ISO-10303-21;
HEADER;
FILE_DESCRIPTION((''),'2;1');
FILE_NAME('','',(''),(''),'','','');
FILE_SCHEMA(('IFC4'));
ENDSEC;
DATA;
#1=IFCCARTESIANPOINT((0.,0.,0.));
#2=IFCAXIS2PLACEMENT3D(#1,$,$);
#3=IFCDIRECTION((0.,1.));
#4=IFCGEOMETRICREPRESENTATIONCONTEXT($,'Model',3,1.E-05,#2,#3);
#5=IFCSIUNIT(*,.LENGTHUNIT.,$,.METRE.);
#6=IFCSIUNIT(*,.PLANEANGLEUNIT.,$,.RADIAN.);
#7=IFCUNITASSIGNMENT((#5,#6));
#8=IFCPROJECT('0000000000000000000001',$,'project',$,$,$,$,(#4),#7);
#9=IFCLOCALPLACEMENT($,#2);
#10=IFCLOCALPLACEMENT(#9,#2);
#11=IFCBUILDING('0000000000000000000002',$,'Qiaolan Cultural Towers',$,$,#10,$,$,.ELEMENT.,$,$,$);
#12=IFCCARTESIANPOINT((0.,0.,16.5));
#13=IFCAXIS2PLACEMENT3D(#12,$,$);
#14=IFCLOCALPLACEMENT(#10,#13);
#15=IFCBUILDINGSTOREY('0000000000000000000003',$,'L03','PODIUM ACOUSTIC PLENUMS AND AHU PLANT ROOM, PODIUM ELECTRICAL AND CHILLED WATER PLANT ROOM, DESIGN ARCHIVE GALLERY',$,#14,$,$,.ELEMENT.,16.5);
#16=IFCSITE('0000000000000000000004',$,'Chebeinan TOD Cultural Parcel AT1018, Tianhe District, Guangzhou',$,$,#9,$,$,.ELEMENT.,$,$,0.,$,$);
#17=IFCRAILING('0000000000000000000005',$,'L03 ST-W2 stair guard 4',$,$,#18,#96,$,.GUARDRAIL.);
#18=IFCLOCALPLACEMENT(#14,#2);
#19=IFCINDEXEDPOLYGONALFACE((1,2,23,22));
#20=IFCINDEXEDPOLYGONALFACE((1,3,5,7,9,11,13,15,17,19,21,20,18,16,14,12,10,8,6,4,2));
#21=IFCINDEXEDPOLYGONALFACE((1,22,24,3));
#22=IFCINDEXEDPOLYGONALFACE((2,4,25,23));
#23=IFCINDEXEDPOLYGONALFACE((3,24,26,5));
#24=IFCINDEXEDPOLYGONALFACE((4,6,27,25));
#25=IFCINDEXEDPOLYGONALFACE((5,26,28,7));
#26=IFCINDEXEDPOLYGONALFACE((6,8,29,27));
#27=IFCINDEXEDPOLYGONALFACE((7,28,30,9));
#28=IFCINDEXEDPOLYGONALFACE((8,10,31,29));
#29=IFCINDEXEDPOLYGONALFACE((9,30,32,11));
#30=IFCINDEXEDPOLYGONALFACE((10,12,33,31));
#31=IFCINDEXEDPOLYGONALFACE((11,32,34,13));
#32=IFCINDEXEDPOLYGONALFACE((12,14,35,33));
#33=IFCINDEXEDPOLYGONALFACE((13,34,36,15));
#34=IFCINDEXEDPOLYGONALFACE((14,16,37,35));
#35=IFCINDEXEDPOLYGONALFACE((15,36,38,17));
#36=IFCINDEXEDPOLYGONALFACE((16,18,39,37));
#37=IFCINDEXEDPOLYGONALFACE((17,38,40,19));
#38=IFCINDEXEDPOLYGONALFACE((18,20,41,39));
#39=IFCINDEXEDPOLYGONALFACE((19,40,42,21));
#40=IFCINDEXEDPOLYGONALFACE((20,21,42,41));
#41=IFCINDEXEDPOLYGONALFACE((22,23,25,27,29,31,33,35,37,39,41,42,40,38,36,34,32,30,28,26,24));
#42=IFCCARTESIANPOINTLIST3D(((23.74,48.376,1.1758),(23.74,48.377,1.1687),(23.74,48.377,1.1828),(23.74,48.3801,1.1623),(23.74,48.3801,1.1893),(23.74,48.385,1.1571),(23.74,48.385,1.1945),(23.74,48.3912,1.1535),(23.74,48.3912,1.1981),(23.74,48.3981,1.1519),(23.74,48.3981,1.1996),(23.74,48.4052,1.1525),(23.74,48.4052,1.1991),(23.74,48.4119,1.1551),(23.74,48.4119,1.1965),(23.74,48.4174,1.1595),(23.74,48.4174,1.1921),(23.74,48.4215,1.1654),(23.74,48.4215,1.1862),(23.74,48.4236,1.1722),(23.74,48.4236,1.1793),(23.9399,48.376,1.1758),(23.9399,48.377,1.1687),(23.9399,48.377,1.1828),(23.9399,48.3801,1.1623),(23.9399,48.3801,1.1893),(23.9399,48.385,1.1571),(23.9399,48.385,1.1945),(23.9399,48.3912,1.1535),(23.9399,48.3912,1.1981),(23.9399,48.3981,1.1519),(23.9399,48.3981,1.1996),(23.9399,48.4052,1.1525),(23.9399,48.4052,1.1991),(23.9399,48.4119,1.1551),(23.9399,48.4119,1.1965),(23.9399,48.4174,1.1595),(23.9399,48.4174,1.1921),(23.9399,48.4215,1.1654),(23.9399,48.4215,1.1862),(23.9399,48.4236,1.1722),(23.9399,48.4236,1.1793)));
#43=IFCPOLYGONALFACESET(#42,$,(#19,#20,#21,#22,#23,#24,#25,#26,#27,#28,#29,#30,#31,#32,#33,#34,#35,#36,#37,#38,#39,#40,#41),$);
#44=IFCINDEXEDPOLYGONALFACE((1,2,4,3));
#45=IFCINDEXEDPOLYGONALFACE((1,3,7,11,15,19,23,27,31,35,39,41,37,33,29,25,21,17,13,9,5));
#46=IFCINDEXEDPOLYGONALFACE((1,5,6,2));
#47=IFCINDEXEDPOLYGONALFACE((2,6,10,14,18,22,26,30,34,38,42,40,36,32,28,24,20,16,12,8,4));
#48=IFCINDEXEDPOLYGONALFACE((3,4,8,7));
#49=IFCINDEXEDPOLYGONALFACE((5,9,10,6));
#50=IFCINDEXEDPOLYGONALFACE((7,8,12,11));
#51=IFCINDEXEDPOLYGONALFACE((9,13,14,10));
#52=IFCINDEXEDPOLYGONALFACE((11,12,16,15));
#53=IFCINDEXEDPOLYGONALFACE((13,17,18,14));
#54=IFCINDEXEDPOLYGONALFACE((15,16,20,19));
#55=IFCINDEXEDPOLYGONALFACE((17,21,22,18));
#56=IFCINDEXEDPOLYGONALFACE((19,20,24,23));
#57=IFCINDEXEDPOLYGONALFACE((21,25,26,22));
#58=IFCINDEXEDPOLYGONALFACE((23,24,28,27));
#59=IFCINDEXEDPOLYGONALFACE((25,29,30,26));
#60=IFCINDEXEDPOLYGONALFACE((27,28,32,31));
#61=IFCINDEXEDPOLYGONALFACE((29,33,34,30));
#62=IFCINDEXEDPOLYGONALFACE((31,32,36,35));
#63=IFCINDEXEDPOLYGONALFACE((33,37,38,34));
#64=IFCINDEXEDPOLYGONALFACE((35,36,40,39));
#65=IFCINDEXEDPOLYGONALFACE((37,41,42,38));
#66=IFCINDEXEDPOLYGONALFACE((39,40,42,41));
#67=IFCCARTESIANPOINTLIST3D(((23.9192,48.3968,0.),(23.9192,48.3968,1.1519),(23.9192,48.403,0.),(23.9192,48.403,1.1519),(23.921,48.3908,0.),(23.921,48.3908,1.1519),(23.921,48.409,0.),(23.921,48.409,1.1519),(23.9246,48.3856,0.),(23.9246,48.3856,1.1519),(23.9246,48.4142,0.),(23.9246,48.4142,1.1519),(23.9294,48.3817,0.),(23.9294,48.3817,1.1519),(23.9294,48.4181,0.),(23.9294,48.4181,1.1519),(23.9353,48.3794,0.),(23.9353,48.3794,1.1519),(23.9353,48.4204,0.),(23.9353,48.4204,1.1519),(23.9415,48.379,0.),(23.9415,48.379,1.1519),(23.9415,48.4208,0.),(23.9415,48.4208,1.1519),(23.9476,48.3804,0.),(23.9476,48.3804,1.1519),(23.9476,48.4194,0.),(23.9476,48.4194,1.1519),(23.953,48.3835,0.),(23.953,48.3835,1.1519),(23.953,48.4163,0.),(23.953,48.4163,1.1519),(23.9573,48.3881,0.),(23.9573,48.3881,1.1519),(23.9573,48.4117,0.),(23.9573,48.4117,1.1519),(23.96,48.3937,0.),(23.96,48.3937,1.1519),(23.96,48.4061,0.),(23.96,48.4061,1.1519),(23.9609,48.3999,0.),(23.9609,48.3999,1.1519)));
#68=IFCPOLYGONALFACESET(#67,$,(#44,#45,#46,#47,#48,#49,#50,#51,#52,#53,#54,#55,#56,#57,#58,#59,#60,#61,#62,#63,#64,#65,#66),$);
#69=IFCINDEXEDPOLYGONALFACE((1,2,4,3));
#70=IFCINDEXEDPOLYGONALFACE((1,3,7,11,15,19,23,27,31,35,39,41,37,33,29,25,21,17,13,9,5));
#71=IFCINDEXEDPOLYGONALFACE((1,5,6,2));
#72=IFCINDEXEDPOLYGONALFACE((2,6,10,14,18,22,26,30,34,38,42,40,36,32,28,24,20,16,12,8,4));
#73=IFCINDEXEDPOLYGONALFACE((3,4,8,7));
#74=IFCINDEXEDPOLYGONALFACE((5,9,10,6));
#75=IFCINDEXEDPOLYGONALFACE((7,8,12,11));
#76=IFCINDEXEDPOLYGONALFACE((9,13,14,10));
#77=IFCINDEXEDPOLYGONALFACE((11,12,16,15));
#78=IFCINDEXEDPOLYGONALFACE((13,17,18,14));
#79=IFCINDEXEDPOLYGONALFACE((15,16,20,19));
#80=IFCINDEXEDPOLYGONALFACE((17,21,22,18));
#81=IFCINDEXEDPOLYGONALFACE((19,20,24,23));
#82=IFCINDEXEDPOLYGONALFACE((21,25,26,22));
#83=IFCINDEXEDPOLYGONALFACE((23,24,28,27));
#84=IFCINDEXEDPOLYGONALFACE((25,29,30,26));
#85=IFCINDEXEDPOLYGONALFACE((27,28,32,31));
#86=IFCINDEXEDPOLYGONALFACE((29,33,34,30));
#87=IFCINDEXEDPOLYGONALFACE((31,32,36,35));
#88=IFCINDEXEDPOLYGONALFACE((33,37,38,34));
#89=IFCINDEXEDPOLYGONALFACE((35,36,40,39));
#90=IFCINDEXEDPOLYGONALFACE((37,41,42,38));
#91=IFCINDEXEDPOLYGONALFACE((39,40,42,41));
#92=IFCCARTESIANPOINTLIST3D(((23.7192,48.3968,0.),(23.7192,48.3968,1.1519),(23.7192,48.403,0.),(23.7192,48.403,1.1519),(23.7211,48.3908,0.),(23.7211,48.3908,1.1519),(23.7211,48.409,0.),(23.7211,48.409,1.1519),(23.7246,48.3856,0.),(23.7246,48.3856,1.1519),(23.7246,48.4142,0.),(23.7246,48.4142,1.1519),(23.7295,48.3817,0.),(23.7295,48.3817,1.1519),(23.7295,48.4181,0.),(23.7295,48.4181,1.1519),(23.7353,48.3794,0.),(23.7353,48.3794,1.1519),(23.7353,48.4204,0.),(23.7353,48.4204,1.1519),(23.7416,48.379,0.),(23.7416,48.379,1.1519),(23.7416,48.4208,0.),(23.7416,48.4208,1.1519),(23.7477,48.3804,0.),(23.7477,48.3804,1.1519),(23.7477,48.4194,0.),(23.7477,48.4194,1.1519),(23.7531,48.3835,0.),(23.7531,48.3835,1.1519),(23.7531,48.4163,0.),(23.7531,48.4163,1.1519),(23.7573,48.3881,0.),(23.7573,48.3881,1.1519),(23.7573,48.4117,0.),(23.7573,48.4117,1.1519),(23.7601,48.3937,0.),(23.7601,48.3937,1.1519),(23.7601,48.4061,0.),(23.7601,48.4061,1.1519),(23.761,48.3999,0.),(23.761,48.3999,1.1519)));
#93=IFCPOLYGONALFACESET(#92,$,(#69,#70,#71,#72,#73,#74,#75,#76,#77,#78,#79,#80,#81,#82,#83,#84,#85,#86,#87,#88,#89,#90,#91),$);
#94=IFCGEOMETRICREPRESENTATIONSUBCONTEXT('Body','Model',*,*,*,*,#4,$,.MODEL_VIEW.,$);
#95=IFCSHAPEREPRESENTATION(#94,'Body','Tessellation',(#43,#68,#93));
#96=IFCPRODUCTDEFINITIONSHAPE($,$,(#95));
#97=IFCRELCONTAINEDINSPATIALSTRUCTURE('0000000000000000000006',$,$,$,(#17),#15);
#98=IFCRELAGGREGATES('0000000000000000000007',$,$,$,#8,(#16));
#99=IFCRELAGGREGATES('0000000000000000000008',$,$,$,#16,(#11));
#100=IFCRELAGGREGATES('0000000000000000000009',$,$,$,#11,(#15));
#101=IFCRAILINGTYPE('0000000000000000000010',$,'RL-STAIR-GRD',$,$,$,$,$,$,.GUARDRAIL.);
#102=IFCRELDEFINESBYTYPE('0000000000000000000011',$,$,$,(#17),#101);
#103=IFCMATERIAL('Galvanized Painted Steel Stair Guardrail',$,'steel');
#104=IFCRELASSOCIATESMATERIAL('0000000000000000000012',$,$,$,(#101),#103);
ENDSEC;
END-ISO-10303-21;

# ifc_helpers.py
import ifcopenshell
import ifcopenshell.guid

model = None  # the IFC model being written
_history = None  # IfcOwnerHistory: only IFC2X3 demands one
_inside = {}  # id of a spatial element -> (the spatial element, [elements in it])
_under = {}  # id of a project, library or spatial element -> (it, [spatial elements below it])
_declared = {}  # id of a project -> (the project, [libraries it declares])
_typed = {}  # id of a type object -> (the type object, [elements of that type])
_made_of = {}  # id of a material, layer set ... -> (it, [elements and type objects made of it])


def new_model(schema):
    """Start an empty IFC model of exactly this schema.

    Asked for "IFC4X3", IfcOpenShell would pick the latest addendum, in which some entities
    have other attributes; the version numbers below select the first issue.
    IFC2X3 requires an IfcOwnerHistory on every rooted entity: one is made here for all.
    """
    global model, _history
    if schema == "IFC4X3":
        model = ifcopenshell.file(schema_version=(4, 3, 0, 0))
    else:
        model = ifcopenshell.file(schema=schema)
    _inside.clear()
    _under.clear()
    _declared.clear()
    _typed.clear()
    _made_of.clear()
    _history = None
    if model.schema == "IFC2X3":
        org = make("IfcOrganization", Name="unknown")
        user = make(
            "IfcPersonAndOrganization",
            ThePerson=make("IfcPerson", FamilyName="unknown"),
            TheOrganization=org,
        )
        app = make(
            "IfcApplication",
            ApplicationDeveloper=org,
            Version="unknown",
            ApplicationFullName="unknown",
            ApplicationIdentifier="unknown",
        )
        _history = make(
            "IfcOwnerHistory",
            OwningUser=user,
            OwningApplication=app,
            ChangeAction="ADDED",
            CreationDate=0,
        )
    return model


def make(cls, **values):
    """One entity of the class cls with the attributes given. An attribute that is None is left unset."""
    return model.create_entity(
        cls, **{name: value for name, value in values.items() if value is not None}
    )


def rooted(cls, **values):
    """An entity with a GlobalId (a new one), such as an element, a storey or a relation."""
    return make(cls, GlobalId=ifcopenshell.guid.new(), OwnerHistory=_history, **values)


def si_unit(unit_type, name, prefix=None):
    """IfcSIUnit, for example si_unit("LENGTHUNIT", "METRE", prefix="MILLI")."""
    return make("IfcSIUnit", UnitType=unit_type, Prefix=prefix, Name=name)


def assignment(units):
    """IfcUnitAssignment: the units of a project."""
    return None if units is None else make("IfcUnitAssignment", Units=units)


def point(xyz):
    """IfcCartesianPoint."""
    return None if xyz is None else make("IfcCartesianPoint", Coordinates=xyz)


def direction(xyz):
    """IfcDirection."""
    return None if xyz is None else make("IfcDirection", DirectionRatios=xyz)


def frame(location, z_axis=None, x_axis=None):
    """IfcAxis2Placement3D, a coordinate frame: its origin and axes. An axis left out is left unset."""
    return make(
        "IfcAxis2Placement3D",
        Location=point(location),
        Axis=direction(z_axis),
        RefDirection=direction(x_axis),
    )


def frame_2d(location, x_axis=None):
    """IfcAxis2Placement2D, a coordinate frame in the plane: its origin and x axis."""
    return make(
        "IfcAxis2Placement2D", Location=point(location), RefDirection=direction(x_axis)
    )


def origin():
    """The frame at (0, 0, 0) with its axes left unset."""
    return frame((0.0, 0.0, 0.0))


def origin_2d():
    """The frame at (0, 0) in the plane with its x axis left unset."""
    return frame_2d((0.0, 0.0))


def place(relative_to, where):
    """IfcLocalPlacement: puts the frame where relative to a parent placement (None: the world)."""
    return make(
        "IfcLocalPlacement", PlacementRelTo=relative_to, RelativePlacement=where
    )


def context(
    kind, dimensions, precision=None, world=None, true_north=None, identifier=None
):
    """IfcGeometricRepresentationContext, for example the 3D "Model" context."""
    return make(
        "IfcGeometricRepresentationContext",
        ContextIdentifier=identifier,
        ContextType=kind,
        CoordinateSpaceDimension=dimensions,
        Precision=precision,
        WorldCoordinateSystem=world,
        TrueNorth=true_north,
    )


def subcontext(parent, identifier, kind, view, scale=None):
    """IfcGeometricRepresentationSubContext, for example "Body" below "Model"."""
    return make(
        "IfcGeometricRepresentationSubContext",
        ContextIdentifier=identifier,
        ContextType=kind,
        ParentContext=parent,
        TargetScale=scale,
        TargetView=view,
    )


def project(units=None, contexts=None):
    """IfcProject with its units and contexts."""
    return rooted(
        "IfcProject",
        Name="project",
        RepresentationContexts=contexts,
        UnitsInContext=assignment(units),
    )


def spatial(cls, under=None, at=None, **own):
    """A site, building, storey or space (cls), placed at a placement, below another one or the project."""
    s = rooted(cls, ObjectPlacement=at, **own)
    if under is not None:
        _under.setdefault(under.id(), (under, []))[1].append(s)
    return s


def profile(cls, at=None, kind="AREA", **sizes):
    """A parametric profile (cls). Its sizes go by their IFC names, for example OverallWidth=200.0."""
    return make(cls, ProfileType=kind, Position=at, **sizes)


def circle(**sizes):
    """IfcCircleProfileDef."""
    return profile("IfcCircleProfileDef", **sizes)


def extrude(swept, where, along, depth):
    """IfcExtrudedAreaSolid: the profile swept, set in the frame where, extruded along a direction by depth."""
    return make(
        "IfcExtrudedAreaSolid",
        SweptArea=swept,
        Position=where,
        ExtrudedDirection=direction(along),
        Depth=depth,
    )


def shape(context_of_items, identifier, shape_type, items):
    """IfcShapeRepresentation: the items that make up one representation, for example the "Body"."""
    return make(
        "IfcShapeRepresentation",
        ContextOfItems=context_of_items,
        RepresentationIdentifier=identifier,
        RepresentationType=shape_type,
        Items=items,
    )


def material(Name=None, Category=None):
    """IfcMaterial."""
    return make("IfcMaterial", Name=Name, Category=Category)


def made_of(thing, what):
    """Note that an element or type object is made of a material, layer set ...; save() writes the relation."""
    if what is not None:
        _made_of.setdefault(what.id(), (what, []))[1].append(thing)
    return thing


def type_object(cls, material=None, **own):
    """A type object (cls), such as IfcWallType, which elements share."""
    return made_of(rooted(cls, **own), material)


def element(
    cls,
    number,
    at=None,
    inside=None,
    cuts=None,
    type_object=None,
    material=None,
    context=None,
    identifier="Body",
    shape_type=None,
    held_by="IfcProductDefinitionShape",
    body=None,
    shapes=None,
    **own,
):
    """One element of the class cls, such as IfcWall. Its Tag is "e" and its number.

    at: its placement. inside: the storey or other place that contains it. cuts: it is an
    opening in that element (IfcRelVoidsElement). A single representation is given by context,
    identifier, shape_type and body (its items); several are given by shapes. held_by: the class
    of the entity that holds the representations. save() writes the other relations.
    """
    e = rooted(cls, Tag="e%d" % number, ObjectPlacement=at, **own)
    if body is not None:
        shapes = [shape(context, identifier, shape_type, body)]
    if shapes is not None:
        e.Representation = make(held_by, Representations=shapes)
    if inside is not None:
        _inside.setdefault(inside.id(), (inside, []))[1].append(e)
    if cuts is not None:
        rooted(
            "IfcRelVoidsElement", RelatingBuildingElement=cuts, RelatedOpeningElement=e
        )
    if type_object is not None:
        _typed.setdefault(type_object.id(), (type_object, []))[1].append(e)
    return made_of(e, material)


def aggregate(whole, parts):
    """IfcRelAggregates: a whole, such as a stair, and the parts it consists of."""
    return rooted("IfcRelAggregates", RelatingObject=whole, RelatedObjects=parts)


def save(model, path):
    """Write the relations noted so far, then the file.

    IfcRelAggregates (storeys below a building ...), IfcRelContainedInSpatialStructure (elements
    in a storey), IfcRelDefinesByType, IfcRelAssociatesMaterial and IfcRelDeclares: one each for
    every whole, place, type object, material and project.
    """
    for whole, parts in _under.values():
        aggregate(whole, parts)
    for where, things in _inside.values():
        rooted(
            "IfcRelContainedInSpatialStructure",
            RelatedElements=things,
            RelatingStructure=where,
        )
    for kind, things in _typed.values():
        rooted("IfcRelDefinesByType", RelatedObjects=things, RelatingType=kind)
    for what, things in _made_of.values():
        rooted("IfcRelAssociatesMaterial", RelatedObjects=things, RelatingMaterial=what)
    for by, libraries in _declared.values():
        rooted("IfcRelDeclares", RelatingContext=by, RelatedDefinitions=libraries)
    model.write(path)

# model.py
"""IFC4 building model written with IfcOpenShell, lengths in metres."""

from ifc_helpers import new_model, si_unit, direction, frame, origin, origin_2d, place, context, subcontext, project, spatial, circle, extrude, material, type_object, element, save


model = new_model("IFC4")

# Units and contexts
model_context = context("Model", 3, precision=1e-05, world=origin(), true_north=direction((0.0, 1.0)))
body_context = subcontext(model_context, "Body", "Model", "MODEL_VIEW")
ifc_project = project(units=[si_unit("LENGTHUNIT", "METRE"), si_unit("PLANEANGLEUNIT", "RADIAN")], contexts=[model_context])

# Site, building, storey
site_placement = place(None, origin())
site = spatial("IfcSite", under=ifc_project, at=site_placement, Name="Chebeinan TOD Cultural Parcel AT1018, Tianhe District, Guangzhou", CompositionType="ELEMENT", RefElevation=0.0)
building_placement = place(site_placement, origin())
building = spatial("IfcBuilding", under=site, at=building_placement, Name="Qiaolan Cultural Towers", CompositionType="ELEMENT")
storey_placement = place(building_placement, frame((0.0, 0.0, 16.5)))
storey = spatial("IfcBuildingStorey", under=building, at=storey_placement, Name="L03", Description="PODIUM ACOUSTIC PLENUMS AND AHU PLANT ROOM, PODIUM ELECTRICAL AND CHILLED WATER PLANT ROOM, DESIGN ARCHIVE GALLERY", CompositionType="ELEMENT", Elevation=16.5)

# Railing
ifc_material_1 = material(Name="Galvanized Painted Steel Stair Guardrail", Category="steel")
railing_type_1 = type_object("IfcRailingType", Name="RL-STAIR-GRD", PredefinedType="GUARDRAIL", material=ifc_material_1)
railing_1_placement = place(storey_placement, frame((23.9399, 48.3999, 0.0)))
element("IfcRailing", 1, at=railing_1_placement, inside=storey, type_object=railing_type_1, Name="L03 ST-W2 stair guard 4", PredefinedType="GUARDRAIL", context=body_context, shape_type="SweptSolid", body=[
    extrude(circle(Radius=0.0239, at=origin_2d()), frame((0.0, 0.0, 1.1758), z_axis=(-1.0, 0.0, 0.0), x_axis=(0.0, -1.0, 0.0)), (0.0, 0.0, 1.0), 0.2),
    extrude(circle(Radius=0.021, at=origin_2d()), origin(), (0.0, 0.0, 1.0), 1.1519),
    extrude(circle(Radius=0.021, at=origin_2d()), frame((-0.2, 0.0, 0.0)), (0.0, 0.0, 1.0), 1.1519),
])

save(model, "model.ifc")
